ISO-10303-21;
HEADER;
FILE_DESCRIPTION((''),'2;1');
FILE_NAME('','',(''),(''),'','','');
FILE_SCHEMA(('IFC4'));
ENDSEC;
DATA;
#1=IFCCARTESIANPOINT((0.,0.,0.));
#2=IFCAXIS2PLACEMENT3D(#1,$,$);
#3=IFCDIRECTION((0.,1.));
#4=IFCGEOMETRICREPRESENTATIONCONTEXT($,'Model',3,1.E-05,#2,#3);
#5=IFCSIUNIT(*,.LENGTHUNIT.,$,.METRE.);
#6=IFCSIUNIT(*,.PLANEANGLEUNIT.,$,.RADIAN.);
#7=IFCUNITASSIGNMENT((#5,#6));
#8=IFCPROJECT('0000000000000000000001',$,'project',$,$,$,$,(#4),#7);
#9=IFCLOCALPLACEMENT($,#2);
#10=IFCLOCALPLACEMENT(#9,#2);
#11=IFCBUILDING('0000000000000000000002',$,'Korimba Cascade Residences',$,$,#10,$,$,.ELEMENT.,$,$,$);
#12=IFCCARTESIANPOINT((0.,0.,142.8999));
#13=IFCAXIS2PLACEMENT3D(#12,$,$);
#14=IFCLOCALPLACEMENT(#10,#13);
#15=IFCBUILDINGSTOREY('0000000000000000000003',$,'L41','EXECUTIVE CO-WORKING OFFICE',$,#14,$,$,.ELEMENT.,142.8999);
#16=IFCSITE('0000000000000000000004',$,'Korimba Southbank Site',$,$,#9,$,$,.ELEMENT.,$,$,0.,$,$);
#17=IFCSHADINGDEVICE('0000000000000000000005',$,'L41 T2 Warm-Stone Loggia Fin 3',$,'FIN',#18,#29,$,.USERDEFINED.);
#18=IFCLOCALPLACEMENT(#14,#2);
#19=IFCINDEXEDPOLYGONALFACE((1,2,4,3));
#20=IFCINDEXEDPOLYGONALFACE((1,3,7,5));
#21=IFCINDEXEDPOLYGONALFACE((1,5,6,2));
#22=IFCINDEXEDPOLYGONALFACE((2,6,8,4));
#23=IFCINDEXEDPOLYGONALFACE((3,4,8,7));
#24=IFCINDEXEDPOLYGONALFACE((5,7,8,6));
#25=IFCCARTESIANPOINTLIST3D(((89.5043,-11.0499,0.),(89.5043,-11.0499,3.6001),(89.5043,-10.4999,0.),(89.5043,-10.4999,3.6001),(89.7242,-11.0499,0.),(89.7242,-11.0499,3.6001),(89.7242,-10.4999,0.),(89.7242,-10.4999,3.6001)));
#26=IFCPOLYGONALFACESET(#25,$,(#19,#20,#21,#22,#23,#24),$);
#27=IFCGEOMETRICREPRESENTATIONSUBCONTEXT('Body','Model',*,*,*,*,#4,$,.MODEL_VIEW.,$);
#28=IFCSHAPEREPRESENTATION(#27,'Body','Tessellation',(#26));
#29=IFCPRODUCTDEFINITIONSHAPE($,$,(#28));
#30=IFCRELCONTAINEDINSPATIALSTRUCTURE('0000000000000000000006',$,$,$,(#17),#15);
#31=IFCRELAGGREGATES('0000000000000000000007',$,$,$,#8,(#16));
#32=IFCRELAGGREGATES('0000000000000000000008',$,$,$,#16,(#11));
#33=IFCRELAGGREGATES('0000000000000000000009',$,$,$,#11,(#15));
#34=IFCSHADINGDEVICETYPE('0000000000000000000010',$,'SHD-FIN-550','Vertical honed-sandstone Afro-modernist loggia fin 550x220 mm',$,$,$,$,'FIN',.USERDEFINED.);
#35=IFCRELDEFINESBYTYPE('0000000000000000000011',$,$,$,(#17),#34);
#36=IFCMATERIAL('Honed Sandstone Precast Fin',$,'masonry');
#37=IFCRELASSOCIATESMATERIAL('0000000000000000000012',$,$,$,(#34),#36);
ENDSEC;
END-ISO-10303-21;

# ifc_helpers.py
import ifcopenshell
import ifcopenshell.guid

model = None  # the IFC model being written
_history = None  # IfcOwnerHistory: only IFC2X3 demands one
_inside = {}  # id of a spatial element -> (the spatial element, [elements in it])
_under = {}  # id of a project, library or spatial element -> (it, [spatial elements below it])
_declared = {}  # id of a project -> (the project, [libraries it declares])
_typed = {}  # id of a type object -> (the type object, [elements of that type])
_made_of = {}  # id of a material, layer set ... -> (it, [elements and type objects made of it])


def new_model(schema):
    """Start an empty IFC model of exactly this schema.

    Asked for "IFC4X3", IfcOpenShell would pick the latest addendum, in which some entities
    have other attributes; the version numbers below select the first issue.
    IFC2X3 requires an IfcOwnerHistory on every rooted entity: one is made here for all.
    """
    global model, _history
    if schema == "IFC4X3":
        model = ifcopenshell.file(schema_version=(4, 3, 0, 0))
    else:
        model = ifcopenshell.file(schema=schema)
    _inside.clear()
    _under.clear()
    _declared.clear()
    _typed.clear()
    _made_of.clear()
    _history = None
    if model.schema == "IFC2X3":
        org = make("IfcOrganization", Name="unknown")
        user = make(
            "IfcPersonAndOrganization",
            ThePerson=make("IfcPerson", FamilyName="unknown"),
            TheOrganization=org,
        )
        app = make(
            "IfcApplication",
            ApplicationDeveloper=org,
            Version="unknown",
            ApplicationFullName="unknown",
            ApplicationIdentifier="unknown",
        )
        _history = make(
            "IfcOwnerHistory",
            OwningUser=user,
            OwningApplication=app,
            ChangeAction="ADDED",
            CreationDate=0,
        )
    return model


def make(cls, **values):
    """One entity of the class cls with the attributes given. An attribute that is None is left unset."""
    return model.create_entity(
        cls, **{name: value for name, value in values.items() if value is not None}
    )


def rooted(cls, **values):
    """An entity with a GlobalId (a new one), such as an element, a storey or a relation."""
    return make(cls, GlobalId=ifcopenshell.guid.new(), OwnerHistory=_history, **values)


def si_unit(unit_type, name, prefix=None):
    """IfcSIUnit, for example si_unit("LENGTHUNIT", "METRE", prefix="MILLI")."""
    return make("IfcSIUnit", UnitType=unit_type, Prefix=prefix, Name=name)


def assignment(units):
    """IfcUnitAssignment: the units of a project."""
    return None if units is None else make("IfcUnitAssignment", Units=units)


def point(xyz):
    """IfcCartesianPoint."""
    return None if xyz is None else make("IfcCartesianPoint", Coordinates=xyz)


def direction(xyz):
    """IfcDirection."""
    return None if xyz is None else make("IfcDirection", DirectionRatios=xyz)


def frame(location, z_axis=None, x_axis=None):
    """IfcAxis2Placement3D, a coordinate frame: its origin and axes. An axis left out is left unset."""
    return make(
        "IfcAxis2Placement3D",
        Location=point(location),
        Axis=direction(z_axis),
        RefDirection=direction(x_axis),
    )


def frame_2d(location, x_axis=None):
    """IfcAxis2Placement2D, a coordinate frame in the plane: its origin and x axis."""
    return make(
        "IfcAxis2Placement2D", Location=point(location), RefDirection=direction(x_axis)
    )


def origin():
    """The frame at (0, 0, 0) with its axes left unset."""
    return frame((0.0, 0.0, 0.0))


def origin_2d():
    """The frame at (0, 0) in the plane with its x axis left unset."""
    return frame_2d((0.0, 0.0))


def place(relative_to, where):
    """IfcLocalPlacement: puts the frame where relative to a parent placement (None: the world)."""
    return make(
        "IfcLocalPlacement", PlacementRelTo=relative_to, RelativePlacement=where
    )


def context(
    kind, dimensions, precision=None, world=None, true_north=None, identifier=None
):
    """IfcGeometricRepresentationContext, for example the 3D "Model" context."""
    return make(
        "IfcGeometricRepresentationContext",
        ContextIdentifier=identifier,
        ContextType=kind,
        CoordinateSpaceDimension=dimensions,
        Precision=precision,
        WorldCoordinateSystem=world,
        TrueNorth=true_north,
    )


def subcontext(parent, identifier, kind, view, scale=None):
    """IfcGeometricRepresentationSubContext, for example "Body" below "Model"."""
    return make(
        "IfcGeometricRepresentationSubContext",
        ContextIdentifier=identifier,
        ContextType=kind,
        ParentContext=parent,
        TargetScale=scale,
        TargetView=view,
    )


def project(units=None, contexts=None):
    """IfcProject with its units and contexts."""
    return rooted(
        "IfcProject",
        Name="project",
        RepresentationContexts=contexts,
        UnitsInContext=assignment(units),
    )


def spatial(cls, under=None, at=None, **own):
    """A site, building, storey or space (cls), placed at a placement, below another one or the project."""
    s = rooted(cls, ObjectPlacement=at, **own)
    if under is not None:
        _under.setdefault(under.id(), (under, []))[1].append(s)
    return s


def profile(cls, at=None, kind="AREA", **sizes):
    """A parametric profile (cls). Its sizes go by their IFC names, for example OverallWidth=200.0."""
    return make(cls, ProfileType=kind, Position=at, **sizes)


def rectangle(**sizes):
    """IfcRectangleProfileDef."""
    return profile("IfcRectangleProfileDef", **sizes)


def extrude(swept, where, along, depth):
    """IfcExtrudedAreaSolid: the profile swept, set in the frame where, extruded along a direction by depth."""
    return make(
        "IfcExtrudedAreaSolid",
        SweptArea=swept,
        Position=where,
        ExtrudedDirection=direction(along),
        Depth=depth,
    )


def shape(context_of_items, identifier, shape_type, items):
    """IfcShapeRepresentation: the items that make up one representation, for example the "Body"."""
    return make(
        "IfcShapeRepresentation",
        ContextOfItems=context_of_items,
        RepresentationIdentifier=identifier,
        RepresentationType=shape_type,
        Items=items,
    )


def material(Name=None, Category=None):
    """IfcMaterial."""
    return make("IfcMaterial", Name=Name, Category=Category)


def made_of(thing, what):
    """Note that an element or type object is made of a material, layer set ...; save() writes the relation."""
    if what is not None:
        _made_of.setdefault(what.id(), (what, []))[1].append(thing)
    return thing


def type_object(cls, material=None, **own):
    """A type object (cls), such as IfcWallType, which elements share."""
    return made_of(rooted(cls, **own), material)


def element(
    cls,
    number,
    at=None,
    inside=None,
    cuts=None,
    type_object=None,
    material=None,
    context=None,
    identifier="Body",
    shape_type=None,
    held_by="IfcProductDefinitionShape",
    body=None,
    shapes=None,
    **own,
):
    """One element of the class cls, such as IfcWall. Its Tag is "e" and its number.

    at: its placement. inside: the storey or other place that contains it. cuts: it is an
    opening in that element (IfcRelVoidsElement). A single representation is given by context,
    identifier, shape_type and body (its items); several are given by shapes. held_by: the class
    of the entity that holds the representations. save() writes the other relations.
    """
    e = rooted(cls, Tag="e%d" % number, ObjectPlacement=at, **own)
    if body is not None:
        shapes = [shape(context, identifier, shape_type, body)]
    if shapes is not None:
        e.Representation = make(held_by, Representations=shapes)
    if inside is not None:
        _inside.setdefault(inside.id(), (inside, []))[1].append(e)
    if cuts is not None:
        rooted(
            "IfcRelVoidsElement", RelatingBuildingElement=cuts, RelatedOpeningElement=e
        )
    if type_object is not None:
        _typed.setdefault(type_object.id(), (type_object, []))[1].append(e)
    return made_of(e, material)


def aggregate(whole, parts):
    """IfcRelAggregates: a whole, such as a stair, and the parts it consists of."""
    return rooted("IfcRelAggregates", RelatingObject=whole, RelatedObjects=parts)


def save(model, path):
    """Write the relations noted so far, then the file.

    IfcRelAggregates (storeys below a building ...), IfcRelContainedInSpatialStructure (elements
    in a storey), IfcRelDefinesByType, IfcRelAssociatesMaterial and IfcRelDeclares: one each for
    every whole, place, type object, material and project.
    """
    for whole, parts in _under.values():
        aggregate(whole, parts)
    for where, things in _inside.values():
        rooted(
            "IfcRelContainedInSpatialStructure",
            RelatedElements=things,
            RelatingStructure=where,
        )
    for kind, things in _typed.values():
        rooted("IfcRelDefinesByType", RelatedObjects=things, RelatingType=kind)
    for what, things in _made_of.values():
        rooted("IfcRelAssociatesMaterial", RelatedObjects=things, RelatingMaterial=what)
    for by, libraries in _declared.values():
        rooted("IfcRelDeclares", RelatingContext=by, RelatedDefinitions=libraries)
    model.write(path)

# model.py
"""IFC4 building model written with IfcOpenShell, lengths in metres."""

from ifc_helpers import new_model, si_unit, direction, frame, origin, origin_2d, place, context, subcontext, project, spatial, rectangle, extrude, material, type_object, element, save


model = new_model("IFC4")

# Units and contexts
model_context = context("Model", 3, precision=1e-05, world=origin(), true_north=direction((0.0, 1.0)))
body_context = subcontext(model_context, "Body", "Model", "MODEL_VIEW")
ifc_project = project(units=[si_unit("LENGTHUNIT", "METRE"), si_unit("PLANEANGLEUNIT", "RADIAN")], contexts=[model_context])

# Site, building, storey
site_placement = place(None, origin())
site = spatial("IfcSite", under=ifc_project, at=site_placement, Name="Korimba Southbank Site", CompositionType="ELEMENT", RefElevation=0.0)
building_placement = place(site_placement, origin())
building = spatial("IfcBuilding", under=site, at=building_placement, Name="Korimba Cascade Residences", CompositionType="ELEMENT")
storey_placement = place(building_placement, frame((0.0, 0.0, 142.8999)))
storey = spatial("IfcBuildingStorey", under=building, at=storey_placement, Name="L41", Description="EXECUTIVE CO-WORKING OFFICE", CompositionType="ELEMENT", Elevation=142.8999)

# Shading device
ifc_material_1 = material(Name="Honed Sandstone Precast Fin", Category="masonry")
shading_device_type = type_object("IfcShadingDeviceType", Name="SHD-FIN-550", Description="Vertical honed-sandstone Afro-modernist loggia fin 550x220 mm", ElementType="FIN", PredefinedType="USERDEFINED", material=ifc_material_1)
shading_device_placement = place(storey_placement, frame((89.6143, -10.7749, 0.0), z_axis=(0.0, 0.0, 1.0), x_axis=(1.0, 0.0, 0.0)))
element("IfcShadingDevice", 1, at=shading_device_placement, inside=storey, type_object=shading_device_type, Name="L41 T2 Warm-Stone Loggia Fin 3", ObjectType="FIN", PredefinedType="USERDEFINED", context=body_context, shape_type="SweptSolid", body=[
    extrude(rectangle(XDim=0.22, YDim=0.55, at=origin_2d()), origin(), (0.0, 0.0, 1.0), 3.6001),
])

save(model, "model.ifc")
